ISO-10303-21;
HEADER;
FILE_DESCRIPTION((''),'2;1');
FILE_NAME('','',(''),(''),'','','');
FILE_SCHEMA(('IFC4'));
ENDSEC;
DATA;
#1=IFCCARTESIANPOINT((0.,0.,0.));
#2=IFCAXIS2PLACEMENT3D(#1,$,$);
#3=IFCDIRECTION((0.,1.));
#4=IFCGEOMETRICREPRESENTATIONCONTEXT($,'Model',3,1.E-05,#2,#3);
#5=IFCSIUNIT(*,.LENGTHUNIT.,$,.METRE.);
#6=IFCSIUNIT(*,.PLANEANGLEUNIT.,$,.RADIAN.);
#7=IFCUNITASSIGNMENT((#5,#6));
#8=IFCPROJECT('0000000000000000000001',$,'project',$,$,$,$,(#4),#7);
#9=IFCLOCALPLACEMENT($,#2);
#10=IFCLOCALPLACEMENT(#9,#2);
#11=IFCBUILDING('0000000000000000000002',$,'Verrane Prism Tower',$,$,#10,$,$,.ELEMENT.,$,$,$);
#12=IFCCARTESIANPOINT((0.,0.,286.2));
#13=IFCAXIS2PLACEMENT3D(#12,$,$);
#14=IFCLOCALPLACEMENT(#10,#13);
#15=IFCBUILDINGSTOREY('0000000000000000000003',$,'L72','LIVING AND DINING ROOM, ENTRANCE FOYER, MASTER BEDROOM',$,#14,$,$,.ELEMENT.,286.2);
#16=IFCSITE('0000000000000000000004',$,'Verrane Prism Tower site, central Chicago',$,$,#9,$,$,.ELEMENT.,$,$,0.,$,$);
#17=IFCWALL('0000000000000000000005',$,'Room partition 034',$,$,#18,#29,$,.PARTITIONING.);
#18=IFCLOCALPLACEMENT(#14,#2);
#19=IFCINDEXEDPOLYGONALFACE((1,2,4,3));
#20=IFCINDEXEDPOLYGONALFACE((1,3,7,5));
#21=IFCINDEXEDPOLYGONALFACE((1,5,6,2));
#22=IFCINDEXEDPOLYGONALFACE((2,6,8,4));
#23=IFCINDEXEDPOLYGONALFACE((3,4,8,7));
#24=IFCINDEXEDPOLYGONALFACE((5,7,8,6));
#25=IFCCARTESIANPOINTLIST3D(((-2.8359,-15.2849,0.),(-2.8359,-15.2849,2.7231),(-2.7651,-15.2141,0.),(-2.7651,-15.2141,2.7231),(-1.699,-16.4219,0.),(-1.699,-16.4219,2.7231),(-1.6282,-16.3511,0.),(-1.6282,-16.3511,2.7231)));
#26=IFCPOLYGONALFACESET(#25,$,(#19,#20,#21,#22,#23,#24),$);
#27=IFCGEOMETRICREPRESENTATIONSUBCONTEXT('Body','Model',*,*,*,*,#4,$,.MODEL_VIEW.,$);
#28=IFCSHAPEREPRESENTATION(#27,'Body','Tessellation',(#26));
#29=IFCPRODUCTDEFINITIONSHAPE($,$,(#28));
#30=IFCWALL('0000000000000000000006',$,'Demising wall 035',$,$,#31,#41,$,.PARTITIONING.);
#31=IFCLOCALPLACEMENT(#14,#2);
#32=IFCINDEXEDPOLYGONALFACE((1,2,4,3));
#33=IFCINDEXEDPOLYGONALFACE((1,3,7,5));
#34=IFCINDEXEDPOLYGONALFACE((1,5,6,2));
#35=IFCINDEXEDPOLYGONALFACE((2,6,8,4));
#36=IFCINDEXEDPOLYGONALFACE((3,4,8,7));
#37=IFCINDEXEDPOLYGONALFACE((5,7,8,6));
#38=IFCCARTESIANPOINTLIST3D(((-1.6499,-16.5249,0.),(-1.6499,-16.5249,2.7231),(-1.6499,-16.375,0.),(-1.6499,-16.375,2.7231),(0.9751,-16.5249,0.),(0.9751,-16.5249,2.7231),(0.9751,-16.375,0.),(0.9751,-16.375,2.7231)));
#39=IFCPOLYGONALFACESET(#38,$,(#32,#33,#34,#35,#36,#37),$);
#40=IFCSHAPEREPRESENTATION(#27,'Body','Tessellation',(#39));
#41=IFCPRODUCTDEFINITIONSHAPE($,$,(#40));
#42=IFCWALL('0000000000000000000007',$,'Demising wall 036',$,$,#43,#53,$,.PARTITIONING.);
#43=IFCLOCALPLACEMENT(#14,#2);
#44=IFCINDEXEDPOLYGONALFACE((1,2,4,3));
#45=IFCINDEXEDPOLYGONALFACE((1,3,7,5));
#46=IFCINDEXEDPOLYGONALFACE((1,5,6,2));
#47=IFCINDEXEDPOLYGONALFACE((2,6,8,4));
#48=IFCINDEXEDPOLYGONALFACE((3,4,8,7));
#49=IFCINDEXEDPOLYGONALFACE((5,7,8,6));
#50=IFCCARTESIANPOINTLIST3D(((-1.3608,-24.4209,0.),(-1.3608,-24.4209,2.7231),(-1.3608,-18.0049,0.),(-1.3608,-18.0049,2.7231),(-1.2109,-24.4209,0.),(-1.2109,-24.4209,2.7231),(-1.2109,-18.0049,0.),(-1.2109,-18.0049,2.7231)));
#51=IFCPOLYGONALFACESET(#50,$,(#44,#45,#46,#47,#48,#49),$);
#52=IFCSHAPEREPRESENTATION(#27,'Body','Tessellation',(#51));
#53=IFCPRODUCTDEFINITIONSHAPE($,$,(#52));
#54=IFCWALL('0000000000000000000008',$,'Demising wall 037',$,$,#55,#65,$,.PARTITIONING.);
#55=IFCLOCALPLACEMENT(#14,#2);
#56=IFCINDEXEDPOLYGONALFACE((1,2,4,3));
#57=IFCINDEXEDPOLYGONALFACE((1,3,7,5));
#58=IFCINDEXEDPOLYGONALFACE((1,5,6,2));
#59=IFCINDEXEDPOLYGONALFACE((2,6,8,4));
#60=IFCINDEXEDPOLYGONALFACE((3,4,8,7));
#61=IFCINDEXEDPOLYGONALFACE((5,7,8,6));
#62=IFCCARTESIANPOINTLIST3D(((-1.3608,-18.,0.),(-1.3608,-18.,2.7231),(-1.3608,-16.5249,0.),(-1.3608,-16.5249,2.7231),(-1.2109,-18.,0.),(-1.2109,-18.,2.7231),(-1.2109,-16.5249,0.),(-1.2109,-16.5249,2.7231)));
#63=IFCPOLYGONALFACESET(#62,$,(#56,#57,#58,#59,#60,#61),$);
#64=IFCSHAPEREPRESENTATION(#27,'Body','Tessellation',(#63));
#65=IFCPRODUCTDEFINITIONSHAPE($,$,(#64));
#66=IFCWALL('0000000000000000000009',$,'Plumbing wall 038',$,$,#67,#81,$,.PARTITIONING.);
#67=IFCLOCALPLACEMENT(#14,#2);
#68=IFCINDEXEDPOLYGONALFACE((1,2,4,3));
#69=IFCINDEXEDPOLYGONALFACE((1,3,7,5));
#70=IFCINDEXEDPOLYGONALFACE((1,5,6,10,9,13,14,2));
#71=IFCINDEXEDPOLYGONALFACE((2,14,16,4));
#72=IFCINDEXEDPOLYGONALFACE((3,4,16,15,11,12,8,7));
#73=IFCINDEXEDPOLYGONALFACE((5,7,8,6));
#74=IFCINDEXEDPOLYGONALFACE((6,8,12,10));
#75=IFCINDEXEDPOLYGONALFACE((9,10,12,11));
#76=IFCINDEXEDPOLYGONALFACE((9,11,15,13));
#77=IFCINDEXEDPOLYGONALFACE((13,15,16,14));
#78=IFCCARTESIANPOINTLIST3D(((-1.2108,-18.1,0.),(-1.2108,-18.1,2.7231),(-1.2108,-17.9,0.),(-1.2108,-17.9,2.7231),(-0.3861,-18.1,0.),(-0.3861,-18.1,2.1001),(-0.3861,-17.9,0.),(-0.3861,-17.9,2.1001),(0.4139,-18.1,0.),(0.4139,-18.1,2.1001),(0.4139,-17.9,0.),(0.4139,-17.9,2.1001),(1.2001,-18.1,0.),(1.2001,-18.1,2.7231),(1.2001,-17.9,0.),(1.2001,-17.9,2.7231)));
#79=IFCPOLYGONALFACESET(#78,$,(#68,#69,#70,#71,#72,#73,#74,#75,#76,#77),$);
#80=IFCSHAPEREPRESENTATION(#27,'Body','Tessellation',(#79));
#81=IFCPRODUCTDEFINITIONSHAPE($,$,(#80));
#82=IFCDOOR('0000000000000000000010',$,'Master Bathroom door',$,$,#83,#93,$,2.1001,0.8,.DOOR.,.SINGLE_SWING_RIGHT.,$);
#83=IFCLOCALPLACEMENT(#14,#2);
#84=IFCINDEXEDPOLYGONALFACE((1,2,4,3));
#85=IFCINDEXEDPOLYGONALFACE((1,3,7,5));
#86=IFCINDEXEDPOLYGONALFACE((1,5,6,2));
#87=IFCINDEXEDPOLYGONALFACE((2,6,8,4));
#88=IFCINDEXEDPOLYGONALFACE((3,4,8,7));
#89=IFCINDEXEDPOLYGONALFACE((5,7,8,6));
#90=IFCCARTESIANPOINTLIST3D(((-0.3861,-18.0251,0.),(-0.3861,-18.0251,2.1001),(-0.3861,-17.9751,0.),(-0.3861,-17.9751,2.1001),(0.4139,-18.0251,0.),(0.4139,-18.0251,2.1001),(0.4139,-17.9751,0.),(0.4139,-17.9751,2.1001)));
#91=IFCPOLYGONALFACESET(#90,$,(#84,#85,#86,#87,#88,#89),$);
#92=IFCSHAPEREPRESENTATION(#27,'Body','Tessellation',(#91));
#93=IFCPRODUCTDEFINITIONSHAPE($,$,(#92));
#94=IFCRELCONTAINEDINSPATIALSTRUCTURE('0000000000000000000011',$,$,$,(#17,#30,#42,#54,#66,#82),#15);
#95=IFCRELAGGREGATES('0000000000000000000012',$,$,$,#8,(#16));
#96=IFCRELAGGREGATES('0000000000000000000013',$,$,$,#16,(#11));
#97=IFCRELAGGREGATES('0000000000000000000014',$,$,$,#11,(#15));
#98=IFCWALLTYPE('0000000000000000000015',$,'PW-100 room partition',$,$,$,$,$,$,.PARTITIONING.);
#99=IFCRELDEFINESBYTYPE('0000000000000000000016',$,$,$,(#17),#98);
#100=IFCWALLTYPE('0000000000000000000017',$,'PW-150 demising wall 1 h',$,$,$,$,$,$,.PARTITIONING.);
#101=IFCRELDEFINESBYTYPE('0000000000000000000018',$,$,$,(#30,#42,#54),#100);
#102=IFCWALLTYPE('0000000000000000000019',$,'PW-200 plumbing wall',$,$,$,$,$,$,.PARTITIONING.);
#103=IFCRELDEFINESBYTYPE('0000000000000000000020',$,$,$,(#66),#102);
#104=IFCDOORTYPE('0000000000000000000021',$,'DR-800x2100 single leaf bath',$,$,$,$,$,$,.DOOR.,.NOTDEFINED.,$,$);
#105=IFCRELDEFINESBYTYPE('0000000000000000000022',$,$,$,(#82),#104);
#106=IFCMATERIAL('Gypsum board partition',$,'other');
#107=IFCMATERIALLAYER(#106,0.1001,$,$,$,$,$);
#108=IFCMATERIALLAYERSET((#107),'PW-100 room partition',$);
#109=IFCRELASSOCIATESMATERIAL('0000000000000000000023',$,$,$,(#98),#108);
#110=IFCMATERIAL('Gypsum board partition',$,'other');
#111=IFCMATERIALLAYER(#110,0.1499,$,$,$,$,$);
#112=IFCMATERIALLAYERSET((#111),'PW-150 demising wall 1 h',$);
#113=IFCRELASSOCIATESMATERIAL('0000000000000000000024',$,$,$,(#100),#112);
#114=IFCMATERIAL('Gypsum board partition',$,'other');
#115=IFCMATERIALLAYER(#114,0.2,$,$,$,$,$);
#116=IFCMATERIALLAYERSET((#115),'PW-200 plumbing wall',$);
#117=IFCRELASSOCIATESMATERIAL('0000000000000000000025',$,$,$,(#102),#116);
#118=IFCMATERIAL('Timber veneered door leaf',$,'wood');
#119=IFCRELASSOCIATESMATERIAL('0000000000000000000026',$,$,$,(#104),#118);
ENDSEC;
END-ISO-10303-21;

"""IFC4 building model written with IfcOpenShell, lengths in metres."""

from ifc_helpers import new_model, si_unit, direction, frame, frame_2d, origin, place, context, subcontext, project, spatial, rectangle, extrude, material, layer, layer_set, type_object, element, fill, save


model = new_model("IFC4")

# Units and contexts
model_context = context("Model", 3, precision=1e-05, world=origin(), true_north=direction((0.0, 1.0)))
body_context = subcontext(model_context, "Body", "Model", "MODEL_VIEW")
ifc_project = project(units=[si_unit("LENGTHUNIT", "METRE"), si_unit("PLANEANGLEUNIT", "RADIAN")], contexts=[model_context])

# Site, building, storey
site_placement = place(None, origin())
site = spatial("IfcSite", under=ifc_project, at=site_placement, Name="Verrane Prism Tower site, central Chicago", CompositionType="ELEMENT", RefElevation=0.0)
building_placement = place(site_placement, origin())
building = spatial("IfcBuilding", under=site, at=building_placement, Name="Verrane Prism Tower", CompositionType="ELEMENT")
storey_placement = place(building_placement, frame((0.0, 0.0, 286.2)))
storey = spatial("IfcBuildingStorey", under=building, at=storey_placement, Name="L72", Description="LIVING AND DINING ROOM, ENTRANCE FOYER, MASTER BEDROOM", CompositionType="ELEMENT", Elevation=286.2)

# Shared definitions
ifc_material_1 = material(Name="Gypsum board partition", Category="other")
ifc_layer_1 = layer(ifc_material_1, 0.1001)
ifc_layer_set_1 = layer_set([ifc_layer_1], Name="PW-100 room partition")
wall_type_1 = type_object("IfcWallType", Name="PW-100 room partition", PredefinedType="PARTITIONING", material=ifc_layer_set_1)

# Walls
wall_1_placement = place(storey_placement, frame((-2.8005, -15.2495, 0.0), z_axis=(0.0, 0.0, 1.0), x_axis=(0.707107, -0.707107, 0.0)))
element("IfcWall", 1, at=wall_1_placement, inside=storey, type_object=wall_type_1, Name="Room partition 034", PredefinedType="PARTITIONING", context=body_context, shape_type="SweptSolid", body=[
    extrude(rectangle(XDim=1.6079, YDim=0.1001, at=frame_2d((0.804, 0.0))), origin(), (0.0, 0.0, 1.0), 2.7231),
])
ifc_material_2 = material(Name="Gypsum board partition", Category="other")
ifc_layer_2 = layer(ifc_material_2, 0.1499)
ifc_layer_set_2 = layer_set([ifc_layer_2], Name="PW-150 demising wall 1 h")
wall_type_2 = type_object("IfcWallType", Name="PW-150 demising wall 1 h", PredefinedType="PARTITIONING", material=ifc_layer_set_2)
wall_2_placement = place(storey_placement, frame((-1.6499, -16.45, 0.0), z_axis=(0.0, 0.0, 1.0), x_axis=(1.0, 0.0, 0.0)))
element("IfcWall", 2, at=wall_2_placement, inside=storey, type_object=wall_type_2, Name="Demising wall 035", PredefinedType="PARTITIONING", context=body_context, shape_type="SweptSolid", body=[
    extrude(rectangle(XDim=2.625, YDim=0.1499, at=frame_2d((1.3125, 0.0))), origin(), (0.0, 0.0, 1.0), 2.7231),
])
wall_3_placement = place(storey_placement, frame((-1.2859, -24.4209, 0.0), z_axis=(0.0, 0.0, 1.0), x_axis=(0.0, 1.0, 0.0)))
element("IfcWall", 3, at=wall_3_placement, inside=storey, type_object=wall_type_2, Name="Demising wall 036", PredefinedType="PARTITIONING", context=body_context, shape_type="SweptSolid", body=[
    extrude(rectangle(XDim=6.416, YDim=0.1499, at=frame_2d((3.208, 0.0))), origin(), (0.0, 0.0, 1.0), 2.7231),
])
wall_4_placement = place(storey_placement, frame((-1.2859, -18.0, 0.0), z_axis=(0.0, 0.0, 1.0), x_axis=(0.0, 1.0, 0.0)))
element("IfcWall", 4, at=wall_4_placement, inside=storey, type_object=wall_type_2, Name="Demising wall 037", PredefinedType="PARTITIONING", context=body_context, shape_type="SweptSolid", body=[
    extrude(rectangle(XDim=1.4751, YDim=0.1499, at=frame_2d((0.7375, 0.0))), origin(), (0.0, 0.0, 1.0), 2.7231),
])

# Wall, opening, door
ifc_material_3 = material(Name="Gypsum board partition", Category="other")
ifc_layer_3 = layer(ifc_material_3, 0.2)
ifc_layer_set_3 = layer_set([ifc_layer_3], Name="PW-200 plumbing wall")
wall_type_3 = type_object("IfcWallType", Name="PW-200 plumbing wall", PredefinedType="PARTITIONING", material=ifc_layer_set_3)
wall_5_placement = place(storey_placement, frame((-1.2109, -18.0, 0.0), z_axis=(0.0, 0.0, 1.0), x_axis=(1.0, 0.0, 0.0)))
wall_5 = element("IfcWall", 5, at=wall_5_placement, inside=storey, type_object=wall_type_3, Name="Plumbing wall 038", PredefinedType="PARTITIONING", context=body_context, shape_type="SweptSolid", body=[
    extrude(rectangle(XDim=2.4109, YDim=0.2, at=frame_2d((1.2056, 0.0))), origin(), (0.0, 0.0, 1.0), 2.7231),
])
opening_1_placement = place(wall_5_placement, frame((0.825, 0.0, 0.0)))
opening_1 = element("IfcOpeningElement", 6, at=opening_1_placement, cuts=wall_5, PredefinedType="OPENING", context=body_context, shape_type="SweptSolid", body=[
    extrude(rectangle(XDim=0.8, YDim=2.1001, at=frame_2d((0.3999, 1.05))), frame((0.0, 0.1099, 0.0), z_axis=(0.0, -1.0, 0.0), x_axis=(1.0, 0.0, 0.0)), (0.0, 0.0, 1.0), 0.22),
])
ifc_material_4 = material(Name="Timber veneered door leaf", Category="wood")
door_type_1 = type_object("IfcDoorType", Name="DR-800x2100 single leaf bath", OperationType="NOTDEFINED", PredefinedType="DOOR", material=ifc_material_4)
door_1_placement = place(opening_1_placement, origin())
door_1 = element("IfcDoor", 7, at=door_1_placement, inside=storey, type_object=door_type_1, Name="Master Bathroom door", OperationType="SINGLE_SWING_RIGHT", OverallHeight=2.1001, OverallWidth=0.8, PredefinedType="DOOR", context=body_context, shape_type="SweptSolid", body=[
    extrude(rectangle(XDim=0.8, YDim=2.1001, at=frame_2d((0.3999, 1.05))), frame((0.0, 0.0249, 0.0), z_axis=(0.0, -1.0, 0.0), x_axis=(1.0, 0.0, 0.0)), (0.0, 0.0, 1.0), 0.05),
])
fill(opening_1, door_1)

save(model, "model.ifc")
